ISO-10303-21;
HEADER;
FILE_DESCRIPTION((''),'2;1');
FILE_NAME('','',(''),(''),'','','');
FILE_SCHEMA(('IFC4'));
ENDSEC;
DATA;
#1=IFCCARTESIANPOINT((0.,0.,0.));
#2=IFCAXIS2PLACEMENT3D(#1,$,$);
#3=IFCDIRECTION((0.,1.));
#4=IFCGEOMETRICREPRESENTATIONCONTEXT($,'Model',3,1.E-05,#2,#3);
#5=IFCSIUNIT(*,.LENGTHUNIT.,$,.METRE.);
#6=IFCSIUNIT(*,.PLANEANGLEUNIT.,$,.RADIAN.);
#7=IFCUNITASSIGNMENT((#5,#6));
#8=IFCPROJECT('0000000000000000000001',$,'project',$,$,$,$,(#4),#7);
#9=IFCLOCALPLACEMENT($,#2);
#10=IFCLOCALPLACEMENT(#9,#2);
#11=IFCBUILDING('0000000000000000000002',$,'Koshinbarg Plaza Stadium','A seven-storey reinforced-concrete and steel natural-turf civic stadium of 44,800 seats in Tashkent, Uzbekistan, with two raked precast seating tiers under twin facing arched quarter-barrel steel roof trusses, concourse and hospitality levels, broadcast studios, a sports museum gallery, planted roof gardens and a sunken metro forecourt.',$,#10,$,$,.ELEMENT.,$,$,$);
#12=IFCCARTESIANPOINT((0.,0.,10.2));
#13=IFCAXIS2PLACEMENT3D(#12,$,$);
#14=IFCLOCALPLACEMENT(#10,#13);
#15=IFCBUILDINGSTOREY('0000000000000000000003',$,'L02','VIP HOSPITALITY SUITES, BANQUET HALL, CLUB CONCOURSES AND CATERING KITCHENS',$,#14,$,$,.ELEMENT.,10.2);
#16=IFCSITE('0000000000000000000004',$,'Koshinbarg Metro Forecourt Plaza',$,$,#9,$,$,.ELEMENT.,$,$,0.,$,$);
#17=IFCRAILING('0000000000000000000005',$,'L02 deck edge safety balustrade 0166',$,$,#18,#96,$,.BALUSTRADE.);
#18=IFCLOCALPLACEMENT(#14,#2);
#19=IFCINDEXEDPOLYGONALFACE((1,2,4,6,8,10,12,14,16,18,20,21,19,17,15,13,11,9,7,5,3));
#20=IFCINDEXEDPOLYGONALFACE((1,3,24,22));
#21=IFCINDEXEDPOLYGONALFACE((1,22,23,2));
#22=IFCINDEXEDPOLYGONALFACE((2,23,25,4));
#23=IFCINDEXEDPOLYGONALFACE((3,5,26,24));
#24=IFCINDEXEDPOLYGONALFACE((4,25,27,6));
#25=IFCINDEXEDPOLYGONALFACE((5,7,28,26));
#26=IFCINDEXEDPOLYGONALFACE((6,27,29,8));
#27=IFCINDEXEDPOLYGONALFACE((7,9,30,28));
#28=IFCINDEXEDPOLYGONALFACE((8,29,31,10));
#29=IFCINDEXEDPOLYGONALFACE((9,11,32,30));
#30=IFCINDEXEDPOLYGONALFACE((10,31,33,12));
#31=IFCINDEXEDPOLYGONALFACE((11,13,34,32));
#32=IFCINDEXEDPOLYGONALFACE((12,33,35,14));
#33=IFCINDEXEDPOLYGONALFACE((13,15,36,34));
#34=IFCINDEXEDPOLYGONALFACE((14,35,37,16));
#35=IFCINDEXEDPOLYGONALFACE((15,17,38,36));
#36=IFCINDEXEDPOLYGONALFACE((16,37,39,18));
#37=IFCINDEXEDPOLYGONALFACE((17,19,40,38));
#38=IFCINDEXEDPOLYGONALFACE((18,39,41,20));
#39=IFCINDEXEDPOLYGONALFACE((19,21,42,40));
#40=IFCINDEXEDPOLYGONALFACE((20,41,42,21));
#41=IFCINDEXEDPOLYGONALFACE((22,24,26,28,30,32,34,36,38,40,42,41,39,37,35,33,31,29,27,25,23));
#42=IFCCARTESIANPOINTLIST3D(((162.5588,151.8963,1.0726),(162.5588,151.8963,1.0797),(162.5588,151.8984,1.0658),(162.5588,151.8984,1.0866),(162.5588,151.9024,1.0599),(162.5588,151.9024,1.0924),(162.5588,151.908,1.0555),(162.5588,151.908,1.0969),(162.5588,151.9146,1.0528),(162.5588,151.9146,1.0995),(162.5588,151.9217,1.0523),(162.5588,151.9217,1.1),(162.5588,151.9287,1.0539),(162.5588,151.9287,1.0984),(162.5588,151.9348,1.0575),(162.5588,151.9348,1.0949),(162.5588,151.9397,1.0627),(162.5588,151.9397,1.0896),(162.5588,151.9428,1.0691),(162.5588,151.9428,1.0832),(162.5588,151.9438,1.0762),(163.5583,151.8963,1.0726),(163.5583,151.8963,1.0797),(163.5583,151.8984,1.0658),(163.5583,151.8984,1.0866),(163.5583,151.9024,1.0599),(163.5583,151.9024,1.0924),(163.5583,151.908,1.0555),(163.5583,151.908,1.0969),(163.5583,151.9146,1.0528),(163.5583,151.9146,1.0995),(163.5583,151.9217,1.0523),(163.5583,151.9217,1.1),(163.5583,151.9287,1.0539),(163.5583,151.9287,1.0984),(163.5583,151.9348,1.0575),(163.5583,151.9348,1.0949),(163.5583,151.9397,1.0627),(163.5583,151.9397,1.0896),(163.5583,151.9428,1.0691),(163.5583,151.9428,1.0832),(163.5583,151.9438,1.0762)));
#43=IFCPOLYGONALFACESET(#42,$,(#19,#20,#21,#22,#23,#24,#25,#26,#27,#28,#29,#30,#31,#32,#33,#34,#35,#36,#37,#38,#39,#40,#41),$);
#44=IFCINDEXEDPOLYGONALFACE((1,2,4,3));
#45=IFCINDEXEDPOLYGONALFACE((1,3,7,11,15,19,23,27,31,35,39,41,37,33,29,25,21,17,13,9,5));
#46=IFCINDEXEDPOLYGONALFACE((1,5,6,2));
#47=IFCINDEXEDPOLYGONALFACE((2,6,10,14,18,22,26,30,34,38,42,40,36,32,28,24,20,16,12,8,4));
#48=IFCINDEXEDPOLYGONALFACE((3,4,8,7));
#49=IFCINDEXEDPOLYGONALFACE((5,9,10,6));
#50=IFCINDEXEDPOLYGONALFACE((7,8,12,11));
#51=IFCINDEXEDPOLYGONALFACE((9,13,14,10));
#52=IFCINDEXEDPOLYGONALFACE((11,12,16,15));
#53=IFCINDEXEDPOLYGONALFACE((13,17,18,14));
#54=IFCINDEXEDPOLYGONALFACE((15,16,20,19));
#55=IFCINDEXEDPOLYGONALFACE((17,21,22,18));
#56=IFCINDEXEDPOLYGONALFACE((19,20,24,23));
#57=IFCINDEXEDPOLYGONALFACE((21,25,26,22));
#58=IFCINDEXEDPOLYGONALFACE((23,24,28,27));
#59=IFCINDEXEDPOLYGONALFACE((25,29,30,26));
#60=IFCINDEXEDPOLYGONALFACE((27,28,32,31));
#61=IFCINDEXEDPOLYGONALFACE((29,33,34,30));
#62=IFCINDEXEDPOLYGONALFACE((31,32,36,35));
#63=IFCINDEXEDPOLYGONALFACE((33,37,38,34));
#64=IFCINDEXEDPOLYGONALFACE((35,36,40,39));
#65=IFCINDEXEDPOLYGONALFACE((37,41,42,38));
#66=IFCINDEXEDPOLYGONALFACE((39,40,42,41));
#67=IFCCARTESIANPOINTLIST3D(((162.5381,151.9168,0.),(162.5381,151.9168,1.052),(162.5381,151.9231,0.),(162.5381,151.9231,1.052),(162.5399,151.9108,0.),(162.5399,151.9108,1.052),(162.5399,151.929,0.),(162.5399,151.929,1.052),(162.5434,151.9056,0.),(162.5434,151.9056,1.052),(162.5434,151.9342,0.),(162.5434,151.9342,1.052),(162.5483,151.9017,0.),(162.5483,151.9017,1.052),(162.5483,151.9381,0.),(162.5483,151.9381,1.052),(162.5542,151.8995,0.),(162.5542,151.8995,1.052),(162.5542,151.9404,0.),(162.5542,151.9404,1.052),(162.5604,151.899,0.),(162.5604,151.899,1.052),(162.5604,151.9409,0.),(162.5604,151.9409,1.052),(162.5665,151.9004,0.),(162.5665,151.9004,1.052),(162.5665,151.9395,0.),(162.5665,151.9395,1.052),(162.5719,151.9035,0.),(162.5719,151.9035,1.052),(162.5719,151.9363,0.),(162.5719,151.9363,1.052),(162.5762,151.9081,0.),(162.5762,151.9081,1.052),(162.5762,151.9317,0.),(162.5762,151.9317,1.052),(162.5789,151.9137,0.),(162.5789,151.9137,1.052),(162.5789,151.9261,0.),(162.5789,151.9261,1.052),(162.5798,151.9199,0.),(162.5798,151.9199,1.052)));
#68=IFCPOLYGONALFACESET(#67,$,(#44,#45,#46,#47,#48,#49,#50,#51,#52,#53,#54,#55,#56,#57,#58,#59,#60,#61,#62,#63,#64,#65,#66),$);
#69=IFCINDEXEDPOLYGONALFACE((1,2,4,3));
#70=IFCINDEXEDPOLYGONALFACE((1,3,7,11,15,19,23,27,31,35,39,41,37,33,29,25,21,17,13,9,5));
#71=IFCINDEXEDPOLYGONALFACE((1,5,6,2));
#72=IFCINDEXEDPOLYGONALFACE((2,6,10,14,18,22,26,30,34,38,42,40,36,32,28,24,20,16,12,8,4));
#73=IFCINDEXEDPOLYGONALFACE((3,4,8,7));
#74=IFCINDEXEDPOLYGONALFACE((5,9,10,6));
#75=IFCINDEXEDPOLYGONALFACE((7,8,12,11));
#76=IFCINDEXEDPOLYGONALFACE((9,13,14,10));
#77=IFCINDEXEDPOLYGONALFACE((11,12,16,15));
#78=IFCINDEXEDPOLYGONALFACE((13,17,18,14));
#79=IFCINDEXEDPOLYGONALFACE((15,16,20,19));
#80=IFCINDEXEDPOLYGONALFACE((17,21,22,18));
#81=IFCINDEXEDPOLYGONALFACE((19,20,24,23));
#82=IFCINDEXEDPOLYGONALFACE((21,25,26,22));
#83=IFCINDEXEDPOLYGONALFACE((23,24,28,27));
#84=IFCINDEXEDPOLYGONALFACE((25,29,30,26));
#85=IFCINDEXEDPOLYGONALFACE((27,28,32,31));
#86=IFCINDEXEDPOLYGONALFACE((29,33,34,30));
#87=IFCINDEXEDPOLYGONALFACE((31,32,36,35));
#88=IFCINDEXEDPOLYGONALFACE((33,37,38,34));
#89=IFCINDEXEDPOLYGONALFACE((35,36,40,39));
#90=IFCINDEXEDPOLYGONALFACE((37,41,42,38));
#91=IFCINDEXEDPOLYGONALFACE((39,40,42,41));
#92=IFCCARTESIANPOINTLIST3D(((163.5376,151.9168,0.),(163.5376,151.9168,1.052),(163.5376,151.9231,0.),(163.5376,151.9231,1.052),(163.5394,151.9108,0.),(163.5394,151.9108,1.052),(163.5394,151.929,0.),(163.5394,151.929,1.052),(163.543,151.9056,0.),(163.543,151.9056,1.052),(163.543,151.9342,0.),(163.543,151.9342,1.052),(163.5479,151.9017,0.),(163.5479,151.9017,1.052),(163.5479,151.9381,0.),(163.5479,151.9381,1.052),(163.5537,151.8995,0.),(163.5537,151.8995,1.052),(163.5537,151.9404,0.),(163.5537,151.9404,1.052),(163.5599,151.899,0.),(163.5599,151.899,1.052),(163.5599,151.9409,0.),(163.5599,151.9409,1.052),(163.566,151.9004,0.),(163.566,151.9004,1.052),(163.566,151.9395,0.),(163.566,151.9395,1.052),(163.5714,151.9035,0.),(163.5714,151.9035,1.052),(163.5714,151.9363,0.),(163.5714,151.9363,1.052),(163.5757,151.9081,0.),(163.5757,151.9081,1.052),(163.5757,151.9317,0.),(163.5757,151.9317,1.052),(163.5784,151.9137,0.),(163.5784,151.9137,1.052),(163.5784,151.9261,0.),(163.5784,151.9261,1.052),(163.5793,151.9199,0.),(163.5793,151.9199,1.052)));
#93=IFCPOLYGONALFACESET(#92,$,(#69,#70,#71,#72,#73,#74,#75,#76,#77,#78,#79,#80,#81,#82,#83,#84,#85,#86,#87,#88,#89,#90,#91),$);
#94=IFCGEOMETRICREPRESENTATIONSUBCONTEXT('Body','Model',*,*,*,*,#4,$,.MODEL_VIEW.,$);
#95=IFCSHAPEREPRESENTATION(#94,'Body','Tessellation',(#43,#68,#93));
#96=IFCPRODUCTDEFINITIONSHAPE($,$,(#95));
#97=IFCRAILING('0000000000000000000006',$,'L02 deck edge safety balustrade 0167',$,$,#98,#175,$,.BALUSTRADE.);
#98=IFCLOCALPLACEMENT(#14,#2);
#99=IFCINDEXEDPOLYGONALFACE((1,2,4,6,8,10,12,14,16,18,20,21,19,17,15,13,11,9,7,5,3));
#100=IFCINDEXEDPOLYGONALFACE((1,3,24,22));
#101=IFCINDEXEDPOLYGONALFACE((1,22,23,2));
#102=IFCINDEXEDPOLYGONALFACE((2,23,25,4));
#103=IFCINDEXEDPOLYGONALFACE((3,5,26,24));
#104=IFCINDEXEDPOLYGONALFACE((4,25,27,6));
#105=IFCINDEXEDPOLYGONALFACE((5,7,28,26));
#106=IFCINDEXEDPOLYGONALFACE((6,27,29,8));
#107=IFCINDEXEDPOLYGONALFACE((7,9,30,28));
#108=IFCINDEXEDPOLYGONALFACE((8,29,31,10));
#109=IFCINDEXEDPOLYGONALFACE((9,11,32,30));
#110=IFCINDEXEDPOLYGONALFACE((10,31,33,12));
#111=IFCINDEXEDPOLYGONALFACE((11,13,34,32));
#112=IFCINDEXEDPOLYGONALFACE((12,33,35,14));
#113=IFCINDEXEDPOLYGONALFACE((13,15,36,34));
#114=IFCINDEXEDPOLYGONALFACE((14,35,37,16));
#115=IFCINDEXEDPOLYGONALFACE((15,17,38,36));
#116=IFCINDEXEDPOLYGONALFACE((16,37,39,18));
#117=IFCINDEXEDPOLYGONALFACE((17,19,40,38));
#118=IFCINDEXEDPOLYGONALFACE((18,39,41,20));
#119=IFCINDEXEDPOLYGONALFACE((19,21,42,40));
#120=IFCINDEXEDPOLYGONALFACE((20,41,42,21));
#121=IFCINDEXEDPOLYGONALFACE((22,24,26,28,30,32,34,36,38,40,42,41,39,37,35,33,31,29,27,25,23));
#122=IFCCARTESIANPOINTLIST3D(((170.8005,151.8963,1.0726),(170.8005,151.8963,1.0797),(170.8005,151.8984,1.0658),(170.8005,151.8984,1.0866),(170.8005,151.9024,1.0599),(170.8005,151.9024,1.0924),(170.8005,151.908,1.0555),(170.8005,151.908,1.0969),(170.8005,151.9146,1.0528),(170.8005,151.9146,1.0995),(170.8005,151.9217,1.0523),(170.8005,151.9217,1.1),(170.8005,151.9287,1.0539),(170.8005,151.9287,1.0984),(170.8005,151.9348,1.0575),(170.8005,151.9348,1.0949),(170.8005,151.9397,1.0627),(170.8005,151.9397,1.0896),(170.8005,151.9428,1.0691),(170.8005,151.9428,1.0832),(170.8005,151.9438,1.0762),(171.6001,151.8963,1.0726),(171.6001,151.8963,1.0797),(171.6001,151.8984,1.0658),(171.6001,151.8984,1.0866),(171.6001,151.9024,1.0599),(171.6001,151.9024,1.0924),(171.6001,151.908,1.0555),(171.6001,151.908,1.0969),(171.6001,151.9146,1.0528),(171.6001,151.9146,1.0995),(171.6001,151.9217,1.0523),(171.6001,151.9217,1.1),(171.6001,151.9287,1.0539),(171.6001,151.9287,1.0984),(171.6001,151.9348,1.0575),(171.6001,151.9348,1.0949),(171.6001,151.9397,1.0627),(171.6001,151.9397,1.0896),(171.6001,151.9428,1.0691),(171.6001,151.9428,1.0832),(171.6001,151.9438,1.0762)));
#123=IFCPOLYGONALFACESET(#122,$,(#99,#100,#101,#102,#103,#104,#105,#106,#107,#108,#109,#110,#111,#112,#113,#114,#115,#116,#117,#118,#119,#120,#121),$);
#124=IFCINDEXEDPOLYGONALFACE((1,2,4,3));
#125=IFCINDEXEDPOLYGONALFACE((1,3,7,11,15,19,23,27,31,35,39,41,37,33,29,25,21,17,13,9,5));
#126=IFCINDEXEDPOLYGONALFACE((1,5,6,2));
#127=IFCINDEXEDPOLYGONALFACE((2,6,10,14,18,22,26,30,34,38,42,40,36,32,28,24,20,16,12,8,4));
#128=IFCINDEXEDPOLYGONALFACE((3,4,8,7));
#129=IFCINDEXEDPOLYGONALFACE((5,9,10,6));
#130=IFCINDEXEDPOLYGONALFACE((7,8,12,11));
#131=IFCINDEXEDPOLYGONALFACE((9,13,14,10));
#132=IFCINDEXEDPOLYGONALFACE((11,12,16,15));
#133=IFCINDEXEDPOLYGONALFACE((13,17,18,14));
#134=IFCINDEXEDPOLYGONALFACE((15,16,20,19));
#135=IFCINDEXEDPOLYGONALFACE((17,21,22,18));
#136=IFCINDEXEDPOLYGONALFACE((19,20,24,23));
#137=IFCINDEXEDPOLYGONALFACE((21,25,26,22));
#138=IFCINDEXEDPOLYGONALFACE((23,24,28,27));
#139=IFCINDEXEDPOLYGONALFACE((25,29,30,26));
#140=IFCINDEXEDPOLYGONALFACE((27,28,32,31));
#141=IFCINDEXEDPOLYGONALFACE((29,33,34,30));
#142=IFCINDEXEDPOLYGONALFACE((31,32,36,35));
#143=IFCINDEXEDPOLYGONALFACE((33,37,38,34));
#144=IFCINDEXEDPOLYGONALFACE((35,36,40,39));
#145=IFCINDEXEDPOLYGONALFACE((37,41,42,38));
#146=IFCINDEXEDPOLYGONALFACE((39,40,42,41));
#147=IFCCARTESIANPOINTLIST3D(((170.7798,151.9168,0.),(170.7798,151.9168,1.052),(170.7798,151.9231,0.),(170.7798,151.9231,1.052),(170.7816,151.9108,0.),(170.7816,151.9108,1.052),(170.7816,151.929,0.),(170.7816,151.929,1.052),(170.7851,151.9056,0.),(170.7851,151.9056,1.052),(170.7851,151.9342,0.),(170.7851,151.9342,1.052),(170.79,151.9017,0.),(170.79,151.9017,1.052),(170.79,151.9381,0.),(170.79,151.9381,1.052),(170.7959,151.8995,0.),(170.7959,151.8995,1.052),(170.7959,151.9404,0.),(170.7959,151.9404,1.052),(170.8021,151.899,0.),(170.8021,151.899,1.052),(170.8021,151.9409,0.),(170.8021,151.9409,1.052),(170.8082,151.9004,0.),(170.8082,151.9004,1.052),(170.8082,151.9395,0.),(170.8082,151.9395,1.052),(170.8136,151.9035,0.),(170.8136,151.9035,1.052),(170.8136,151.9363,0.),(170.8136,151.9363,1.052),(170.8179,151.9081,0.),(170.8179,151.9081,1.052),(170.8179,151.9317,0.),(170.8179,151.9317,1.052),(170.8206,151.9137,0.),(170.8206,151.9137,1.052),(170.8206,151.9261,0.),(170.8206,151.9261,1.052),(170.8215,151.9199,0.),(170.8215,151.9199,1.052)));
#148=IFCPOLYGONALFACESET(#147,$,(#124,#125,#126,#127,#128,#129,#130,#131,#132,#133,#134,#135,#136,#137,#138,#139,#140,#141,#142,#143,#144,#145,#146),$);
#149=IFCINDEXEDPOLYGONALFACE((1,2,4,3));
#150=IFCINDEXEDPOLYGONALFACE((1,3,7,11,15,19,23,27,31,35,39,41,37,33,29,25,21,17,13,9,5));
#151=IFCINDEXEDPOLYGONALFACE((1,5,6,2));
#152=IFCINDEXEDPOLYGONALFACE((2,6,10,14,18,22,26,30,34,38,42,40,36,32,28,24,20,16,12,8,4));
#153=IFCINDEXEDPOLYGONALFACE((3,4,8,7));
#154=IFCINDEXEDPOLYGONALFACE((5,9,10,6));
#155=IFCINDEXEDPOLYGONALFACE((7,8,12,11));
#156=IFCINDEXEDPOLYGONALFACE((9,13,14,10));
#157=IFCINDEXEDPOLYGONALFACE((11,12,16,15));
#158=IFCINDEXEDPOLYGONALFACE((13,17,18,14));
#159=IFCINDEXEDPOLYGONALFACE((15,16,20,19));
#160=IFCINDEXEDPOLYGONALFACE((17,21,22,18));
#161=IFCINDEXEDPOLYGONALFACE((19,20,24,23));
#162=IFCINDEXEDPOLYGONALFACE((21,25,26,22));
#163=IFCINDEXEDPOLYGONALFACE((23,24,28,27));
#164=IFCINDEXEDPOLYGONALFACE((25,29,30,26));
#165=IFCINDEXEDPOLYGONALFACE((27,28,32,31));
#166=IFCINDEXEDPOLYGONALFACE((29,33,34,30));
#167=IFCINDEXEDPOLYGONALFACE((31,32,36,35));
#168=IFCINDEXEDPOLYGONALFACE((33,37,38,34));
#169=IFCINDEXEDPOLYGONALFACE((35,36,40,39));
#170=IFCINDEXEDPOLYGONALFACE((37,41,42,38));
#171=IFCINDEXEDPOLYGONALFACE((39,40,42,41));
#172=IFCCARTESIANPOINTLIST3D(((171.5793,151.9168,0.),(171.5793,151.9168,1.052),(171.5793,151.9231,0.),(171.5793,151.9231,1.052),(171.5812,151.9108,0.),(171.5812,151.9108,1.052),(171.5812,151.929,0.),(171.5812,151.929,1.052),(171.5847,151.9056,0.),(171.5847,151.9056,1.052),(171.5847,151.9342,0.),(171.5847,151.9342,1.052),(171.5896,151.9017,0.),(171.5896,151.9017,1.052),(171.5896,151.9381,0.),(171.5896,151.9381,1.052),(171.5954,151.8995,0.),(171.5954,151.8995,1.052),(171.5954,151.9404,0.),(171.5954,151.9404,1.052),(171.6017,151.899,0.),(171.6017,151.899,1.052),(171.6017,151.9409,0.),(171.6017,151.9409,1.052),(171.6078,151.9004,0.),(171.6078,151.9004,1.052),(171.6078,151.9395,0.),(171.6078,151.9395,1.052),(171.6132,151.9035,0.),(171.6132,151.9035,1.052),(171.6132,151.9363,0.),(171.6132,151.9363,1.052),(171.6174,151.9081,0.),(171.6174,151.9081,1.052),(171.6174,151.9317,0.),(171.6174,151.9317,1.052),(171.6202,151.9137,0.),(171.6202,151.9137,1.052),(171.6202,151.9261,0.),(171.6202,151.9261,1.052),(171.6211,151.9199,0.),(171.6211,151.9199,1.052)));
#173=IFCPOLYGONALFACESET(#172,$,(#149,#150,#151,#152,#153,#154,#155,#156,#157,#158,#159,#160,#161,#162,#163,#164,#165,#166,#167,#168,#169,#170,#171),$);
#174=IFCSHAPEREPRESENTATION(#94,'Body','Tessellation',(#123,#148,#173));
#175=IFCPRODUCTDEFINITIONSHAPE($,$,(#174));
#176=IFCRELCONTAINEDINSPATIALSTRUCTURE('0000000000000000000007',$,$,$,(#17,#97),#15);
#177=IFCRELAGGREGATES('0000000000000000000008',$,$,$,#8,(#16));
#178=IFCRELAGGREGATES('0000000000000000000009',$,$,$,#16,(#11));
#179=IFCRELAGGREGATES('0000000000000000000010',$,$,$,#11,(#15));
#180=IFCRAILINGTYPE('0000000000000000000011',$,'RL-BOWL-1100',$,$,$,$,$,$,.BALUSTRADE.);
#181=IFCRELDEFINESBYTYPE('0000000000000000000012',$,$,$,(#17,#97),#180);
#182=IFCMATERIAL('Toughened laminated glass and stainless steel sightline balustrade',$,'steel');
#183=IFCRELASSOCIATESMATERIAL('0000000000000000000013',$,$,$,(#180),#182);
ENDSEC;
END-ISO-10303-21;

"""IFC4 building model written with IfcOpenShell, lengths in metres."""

from ifc_helpers import new_model, si_unit, direction, frame, origin, origin_2d, place, context, subcontext, project, spatial, circle, extrude, material, type_object, element, save


model = new_model("IFC4")

# Units and contexts
model_context = context("Model", 3, precision=1e-05, world=origin(), true_north=direction((0.0, 1.0)))
body_context = subcontext(model_context, "Body", "Model", "MODEL_VIEW")
ifc_project = project(units=[si_unit("LENGTHUNIT", "METRE"), si_unit("PLANEANGLEUNIT", "RADIAN")], contexts=[model_context])

# Site, building, storey
site_placement = place(None, origin())
site = spatial("IfcSite", under=ifc_project, at=site_placement, Name="Koshinbarg Metro Forecourt Plaza", CompositionType="ELEMENT", RefElevation=0.0)
building_placement = place(site_placement, origin())
building = spatial("IfcBuilding", under=site, at=building_placement, Name="Koshinbarg Plaza Stadium", Description="A seven-storey reinforced-concrete and steel natural-turf civic stadium of 44,800 seats in Tashkent, Uzbekistan, with two raked precast seating tiers under twin facing arched quarter-barrel steel roof trusses, concourse and hospitality levels, broadcast studios, a sports museum gallery, planted roof gardens and a sunken metro forecourt.", CompositionType="ELEMENT")
storey_placement = place(building_placement, frame((0.0, 0.0, 10.2)))
storey = spatial("IfcBuildingStorey", under=building, at=storey_placement, Name="L02", Description="VIP HOSPITALITY SUITES, BANQUET HALL, CLUB CONCOURSES AND CATERING KITCHENS", CompositionType="ELEMENT", Elevation=10.2)

# Railings
ifc_material_1 = material(Name="Toughened laminated glass and stainless steel sightline balustrade", Category="steel")
railing_type = type_object("IfcRailingType", Name="RL-BOWL-1100", PredefinedType="BALUSTRADE", material=ifc_material_1)
for number, where, name in (
    (1, (162.5588, 151.9199, 0.0), "L02 deck edge safety balustrade 0166"),
):
    element("IfcRailing", number, at=place(storey_placement, frame(where)), inside=storey, type_object=railing_type, Name=name, PredefinedType="BALUSTRADE", context=body_context, shape_type="SweptSolid", body=[
        extrude(circle(Radius=0.0239, at=origin_2d()), frame((0.0, 0.0, 1.0762), z_axis=(1.0, 0.0, 0.0), x_axis=(0.0, 1.0, 0.0)), (0.0, 0.0, 1.0), 0.9995),
        extrude(circle(Radius=0.021, at=origin_2d()), origin(), (0.0, 0.0, 1.0), 1.052),
        extrude(circle(Radius=0.021, at=origin_2d()), frame((0.9995, 0.0, 0.0)), (0.0, 0.0, 1.0), 1.052),
    ])
railing_placement = place(storey_placement, frame((170.8005, 151.9199, 0.0)))
element("IfcRailing", 2, at=railing_placement, inside=storey, type_object=railing_type, Name="L02 deck edge safety balustrade 0167", PredefinedType="BALUSTRADE", context=body_context, shape_type="SweptSolid", body=[
    extrude(circle(Radius=0.0239, at=origin_2d()), frame((0.0, 0.0, 1.0762), z_axis=(1.0, 0.0, 0.0), x_axis=(0.0, 1.0, 0.0)), (0.0, 0.0, 1.0), 0.7996),
    extrude(circle(Radius=0.021, at=origin_2d()), origin(), (0.0, 0.0, 1.0), 1.052),
    extrude(circle(Radius=0.021, at=origin_2d()), frame((0.7996, 0.0, 0.0)), (0.0, 0.0, 1.0), 1.052),
])

save(model, "model.ifc")
